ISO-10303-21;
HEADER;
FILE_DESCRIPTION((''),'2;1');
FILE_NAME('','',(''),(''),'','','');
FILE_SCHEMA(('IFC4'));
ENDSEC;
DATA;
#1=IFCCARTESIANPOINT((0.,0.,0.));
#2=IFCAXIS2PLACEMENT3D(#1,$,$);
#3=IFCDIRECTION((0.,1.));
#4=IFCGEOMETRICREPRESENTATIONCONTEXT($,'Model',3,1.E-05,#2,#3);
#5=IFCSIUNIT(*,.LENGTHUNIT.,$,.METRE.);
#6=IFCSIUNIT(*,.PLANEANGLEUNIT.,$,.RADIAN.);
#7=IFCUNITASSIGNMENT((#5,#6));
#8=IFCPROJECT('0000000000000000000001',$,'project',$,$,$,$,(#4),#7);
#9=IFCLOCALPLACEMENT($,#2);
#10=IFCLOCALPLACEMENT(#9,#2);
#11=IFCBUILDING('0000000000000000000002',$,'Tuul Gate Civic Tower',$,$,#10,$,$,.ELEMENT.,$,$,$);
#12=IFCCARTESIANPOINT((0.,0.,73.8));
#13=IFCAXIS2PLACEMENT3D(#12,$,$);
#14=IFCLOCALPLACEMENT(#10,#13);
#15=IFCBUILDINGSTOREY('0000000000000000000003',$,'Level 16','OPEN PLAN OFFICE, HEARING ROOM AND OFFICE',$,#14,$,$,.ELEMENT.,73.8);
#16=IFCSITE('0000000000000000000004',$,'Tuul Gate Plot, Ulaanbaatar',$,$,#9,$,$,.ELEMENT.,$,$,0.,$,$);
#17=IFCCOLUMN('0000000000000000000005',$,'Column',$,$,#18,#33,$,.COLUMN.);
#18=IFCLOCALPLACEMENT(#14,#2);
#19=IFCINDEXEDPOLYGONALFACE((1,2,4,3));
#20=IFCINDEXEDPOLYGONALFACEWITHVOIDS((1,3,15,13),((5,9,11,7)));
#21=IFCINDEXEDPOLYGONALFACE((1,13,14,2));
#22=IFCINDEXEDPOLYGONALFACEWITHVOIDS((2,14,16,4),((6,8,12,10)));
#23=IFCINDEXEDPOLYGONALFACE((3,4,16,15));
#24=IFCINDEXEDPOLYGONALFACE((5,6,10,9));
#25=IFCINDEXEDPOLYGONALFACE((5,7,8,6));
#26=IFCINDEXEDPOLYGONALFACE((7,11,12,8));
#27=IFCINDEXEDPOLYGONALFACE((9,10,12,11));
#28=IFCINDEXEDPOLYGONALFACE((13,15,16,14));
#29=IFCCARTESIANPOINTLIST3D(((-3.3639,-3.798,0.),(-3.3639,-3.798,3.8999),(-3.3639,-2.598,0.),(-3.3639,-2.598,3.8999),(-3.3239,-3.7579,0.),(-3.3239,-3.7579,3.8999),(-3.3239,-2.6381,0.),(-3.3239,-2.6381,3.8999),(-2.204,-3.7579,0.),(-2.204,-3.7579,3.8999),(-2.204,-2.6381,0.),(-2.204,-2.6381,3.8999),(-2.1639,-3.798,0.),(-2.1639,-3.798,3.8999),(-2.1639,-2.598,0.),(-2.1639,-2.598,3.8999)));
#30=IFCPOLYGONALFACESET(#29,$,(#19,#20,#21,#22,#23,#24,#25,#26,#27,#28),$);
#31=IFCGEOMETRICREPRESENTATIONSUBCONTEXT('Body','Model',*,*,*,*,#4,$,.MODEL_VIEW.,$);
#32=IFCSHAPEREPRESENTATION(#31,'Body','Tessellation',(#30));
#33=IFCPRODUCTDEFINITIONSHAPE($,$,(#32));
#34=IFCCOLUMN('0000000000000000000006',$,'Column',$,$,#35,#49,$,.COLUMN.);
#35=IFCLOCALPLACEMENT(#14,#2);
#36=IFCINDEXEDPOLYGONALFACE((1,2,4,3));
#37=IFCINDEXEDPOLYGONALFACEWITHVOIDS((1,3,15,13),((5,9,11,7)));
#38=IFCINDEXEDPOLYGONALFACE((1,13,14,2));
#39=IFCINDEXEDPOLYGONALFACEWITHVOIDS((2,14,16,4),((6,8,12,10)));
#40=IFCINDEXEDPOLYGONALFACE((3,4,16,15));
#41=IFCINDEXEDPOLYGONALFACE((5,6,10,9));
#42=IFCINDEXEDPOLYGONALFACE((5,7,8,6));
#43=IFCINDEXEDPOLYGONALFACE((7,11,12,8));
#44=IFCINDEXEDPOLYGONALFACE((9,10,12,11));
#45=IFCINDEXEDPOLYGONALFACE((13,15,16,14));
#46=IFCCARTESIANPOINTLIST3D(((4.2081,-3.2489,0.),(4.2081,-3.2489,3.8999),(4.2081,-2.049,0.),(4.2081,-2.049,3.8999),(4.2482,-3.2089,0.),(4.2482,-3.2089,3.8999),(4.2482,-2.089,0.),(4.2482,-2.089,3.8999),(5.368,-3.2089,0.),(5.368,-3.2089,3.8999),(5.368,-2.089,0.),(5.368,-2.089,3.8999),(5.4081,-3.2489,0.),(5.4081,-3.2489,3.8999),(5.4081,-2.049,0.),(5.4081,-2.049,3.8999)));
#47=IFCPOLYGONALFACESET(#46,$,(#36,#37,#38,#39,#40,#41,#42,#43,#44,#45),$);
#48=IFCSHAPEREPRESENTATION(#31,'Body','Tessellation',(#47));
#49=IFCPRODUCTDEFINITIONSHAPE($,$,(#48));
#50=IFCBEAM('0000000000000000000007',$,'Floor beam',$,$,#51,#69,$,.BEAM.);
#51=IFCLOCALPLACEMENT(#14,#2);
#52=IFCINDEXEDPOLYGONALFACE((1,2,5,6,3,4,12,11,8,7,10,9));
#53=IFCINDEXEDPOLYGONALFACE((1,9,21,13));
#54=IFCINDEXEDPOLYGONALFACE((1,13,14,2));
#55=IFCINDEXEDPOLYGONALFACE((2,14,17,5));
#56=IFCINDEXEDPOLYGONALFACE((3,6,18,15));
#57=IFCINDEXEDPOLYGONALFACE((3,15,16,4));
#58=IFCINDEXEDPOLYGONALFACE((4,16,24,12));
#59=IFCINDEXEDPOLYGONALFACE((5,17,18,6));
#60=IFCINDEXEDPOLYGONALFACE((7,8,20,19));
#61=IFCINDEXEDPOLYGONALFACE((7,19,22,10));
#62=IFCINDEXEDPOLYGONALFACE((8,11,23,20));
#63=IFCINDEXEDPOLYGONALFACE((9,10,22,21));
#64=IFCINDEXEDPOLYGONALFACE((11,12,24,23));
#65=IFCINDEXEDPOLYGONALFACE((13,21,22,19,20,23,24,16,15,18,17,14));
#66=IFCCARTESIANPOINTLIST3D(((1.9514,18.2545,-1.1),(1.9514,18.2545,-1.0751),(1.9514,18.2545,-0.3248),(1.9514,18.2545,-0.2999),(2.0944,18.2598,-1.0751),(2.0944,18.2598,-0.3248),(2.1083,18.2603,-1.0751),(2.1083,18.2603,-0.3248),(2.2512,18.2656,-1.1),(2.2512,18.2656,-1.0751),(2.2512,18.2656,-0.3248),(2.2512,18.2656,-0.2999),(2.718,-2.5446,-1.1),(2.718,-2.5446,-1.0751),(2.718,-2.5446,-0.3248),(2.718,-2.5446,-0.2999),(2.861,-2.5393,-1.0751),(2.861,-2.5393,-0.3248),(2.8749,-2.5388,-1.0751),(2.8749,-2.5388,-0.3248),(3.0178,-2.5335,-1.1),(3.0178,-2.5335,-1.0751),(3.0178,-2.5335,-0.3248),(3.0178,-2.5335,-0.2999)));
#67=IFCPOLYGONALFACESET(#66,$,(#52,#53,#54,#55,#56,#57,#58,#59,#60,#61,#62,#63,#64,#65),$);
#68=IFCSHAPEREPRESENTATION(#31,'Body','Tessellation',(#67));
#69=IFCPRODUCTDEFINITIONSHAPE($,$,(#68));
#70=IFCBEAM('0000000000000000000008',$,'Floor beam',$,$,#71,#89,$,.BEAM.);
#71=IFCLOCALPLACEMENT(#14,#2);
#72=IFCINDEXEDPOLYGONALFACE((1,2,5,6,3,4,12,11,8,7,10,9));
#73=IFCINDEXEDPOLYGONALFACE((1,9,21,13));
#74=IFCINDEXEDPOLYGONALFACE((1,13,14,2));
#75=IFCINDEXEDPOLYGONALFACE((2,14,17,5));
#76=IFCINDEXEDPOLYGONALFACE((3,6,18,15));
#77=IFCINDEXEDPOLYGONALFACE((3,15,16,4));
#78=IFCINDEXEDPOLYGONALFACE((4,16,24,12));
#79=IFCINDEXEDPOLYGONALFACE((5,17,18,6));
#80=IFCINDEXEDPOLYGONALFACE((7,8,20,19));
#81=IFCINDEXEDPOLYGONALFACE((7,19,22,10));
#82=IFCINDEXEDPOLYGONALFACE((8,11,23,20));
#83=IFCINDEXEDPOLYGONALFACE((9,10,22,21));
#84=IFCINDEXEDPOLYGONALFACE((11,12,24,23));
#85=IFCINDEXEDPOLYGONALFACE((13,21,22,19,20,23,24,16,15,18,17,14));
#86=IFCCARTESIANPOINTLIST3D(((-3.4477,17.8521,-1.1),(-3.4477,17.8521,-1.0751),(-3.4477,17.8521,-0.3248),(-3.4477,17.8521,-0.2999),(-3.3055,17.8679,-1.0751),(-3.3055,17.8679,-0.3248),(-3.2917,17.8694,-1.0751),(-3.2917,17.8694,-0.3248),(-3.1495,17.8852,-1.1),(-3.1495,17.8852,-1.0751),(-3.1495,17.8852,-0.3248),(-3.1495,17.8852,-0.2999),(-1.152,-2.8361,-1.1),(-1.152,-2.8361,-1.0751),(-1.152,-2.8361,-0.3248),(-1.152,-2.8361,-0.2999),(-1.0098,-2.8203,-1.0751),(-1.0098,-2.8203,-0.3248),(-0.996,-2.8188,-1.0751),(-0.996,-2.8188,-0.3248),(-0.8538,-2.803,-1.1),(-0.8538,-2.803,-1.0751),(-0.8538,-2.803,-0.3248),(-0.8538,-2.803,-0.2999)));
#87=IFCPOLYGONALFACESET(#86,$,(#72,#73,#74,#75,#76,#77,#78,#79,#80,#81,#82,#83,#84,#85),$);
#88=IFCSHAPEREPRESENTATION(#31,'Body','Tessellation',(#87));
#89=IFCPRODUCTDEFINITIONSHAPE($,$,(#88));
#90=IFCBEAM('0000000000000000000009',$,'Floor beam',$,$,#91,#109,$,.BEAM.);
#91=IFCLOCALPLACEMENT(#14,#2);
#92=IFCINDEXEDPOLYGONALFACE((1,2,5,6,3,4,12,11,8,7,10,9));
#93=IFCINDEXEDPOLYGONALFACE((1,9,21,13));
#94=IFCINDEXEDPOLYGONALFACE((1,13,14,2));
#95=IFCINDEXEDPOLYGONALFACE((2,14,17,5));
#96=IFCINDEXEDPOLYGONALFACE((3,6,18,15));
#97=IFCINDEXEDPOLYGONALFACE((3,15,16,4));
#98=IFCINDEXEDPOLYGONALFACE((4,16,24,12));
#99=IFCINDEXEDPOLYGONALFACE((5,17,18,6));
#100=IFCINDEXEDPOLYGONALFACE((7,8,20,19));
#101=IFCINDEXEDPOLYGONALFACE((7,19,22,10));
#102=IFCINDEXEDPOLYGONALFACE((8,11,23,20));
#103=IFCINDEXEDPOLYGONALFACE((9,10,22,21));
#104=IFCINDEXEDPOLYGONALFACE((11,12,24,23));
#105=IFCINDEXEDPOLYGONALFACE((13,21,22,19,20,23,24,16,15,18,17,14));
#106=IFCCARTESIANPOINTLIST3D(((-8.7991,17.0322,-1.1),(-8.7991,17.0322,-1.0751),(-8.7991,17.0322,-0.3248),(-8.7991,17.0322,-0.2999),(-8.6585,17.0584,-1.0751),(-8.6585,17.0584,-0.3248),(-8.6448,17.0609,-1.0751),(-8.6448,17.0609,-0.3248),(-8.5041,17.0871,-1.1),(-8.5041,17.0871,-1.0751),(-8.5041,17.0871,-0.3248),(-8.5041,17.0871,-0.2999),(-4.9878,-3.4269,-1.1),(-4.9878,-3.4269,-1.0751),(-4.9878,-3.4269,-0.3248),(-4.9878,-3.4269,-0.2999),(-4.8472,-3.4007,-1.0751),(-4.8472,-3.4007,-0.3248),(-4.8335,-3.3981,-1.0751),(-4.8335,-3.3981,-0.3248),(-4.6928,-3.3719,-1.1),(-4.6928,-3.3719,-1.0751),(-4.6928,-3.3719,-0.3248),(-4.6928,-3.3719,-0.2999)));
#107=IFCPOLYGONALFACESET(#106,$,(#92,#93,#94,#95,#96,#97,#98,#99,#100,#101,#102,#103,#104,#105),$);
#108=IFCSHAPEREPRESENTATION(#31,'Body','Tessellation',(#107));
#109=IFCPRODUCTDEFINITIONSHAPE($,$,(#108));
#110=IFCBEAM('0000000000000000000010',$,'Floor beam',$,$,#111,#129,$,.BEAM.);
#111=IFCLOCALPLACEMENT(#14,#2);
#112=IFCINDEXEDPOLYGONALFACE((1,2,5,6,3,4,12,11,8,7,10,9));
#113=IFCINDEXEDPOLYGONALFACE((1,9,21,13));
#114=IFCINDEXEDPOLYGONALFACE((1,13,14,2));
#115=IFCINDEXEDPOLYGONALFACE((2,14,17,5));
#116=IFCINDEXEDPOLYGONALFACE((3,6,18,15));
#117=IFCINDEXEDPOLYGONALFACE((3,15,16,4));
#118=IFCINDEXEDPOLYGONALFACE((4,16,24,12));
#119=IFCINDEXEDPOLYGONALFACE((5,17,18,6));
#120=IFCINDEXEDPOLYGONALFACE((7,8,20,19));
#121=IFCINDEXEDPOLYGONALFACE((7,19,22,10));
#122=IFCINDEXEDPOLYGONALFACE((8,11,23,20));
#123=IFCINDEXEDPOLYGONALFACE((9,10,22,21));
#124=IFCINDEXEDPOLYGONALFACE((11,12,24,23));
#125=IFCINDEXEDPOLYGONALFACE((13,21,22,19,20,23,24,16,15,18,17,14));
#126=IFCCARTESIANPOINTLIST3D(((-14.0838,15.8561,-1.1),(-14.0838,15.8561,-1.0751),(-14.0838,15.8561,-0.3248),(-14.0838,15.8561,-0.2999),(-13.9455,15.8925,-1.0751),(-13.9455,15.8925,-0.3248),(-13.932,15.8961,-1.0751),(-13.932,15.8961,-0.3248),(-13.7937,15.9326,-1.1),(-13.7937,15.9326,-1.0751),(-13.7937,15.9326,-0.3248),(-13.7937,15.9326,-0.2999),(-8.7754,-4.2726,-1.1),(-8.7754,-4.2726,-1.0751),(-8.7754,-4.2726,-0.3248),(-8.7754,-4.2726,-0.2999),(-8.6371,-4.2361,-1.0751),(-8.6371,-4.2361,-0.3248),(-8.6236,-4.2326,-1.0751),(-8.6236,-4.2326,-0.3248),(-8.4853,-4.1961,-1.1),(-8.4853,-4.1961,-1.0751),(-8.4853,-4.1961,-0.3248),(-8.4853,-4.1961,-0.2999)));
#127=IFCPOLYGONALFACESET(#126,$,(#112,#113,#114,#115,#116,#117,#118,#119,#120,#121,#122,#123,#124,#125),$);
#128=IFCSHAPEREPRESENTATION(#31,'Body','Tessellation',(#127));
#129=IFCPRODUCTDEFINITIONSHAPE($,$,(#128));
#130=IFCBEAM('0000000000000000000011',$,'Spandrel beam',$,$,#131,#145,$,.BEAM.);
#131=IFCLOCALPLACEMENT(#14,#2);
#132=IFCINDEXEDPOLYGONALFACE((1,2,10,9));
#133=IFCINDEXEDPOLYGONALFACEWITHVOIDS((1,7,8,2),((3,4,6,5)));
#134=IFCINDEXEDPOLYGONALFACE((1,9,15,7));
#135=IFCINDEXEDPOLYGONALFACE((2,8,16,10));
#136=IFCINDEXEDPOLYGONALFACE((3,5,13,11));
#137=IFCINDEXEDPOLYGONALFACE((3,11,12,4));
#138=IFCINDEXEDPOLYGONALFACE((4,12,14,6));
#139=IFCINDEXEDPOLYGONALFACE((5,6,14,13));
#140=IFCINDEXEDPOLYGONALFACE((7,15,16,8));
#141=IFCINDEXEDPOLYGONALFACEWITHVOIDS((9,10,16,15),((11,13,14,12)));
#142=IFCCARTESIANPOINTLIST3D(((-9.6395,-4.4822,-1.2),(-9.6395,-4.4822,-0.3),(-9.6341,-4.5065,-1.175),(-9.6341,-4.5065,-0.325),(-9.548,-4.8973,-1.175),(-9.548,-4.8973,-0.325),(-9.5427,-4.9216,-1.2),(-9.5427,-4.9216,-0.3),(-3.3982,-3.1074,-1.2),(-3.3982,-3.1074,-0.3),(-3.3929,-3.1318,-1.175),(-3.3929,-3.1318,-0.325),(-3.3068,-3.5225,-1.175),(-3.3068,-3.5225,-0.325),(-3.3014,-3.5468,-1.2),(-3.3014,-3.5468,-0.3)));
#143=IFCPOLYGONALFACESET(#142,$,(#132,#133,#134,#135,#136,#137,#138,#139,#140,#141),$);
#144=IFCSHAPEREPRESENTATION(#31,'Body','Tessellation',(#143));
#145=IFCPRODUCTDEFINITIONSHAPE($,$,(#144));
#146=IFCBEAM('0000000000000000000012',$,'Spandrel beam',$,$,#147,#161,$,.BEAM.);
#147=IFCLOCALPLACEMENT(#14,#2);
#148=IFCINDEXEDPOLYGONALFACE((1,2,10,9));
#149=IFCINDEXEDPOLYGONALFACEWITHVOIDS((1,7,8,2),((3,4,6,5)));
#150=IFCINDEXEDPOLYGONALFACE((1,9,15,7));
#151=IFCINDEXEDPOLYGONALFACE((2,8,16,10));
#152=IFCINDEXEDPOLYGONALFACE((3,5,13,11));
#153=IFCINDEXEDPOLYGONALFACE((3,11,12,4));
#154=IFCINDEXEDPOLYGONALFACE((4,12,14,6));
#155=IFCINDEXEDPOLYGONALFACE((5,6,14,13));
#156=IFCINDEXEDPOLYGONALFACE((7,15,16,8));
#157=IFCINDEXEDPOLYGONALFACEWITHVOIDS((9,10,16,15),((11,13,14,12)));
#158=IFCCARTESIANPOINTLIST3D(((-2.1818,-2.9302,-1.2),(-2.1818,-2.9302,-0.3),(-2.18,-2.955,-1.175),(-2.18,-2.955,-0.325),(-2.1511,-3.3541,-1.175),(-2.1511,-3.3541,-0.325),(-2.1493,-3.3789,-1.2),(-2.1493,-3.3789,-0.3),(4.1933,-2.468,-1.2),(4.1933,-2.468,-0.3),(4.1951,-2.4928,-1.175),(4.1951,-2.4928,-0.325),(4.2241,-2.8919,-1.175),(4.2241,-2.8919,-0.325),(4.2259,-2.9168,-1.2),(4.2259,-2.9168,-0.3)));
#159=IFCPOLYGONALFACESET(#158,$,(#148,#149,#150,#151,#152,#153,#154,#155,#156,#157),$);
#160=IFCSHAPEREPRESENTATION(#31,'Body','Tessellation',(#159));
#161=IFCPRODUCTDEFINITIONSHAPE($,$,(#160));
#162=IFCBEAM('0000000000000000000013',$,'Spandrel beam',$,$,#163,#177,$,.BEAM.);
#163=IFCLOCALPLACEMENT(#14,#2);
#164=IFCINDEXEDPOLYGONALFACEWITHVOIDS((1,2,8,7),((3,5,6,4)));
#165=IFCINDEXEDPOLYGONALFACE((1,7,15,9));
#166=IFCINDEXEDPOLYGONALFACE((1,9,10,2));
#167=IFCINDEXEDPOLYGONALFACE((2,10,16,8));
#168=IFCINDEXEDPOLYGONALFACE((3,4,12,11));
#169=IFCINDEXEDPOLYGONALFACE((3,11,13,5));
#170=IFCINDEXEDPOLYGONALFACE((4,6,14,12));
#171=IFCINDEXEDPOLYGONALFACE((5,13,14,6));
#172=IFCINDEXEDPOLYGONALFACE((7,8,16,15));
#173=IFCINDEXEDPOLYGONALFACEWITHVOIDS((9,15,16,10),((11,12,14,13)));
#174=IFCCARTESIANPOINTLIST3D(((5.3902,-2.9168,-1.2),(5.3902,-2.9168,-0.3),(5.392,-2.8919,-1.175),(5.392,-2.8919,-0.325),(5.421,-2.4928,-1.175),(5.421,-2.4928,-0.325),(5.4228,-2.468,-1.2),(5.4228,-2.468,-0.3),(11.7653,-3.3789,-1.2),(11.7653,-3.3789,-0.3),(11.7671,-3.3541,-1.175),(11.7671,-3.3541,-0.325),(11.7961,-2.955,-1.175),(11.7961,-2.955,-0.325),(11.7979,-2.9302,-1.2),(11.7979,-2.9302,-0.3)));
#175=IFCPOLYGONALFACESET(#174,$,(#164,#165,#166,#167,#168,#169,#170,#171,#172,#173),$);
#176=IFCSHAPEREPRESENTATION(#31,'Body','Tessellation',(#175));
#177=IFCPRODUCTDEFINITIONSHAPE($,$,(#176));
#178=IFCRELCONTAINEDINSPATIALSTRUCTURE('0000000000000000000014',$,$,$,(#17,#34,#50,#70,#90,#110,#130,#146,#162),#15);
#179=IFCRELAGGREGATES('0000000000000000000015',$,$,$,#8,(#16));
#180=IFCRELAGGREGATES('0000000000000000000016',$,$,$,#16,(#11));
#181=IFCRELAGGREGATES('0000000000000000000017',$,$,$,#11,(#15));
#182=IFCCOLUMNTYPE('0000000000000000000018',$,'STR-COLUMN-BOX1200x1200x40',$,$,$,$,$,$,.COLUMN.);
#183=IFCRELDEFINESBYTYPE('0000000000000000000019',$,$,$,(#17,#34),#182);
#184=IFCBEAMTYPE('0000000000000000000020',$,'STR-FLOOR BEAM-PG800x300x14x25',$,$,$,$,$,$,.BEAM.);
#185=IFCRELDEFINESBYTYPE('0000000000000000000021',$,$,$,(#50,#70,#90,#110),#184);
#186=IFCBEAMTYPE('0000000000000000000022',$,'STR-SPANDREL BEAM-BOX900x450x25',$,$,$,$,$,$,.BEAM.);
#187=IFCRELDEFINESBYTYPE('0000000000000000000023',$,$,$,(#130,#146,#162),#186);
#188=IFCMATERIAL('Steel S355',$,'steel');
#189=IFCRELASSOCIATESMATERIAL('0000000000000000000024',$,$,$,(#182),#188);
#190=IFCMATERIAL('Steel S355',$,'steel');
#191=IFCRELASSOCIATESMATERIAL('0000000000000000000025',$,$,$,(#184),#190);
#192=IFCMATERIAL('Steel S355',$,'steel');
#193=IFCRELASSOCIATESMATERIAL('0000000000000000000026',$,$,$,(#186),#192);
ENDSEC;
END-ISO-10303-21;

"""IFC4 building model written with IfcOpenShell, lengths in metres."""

from ifc_helpers import new_model, si_unit, direction, frame, origin, origin_2d, place, context, subcontext, project, spatial, hollow_rectangle, i_section, extrude, material, material_profile, profile_set, type_object, element, save


model = new_model("IFC4")

# Units and contexts
model_context = context("Model", 3, precision=1e-05, world=origin(), true_north=direction((0.0, 1.0)))
body_context = subcontext(model_context, "Body", "Model", "MODEL_VIEW")
ifc_project = project(units=[si_unit("LENGTHUNIT", "METRE"), si_unit("PLANEANGLEUNIT", "RADIAN")], contexts=[model_context])

# Site, building, storey
site_placement = place(None, origin())
site = spatial("IfcSite", under=ifc_project, at=site_placement, Name="Tuul Gate Plot, Ulaanbaatar", CompositionType="ELEMENT", RefElevation=0.0)
building_placement = place(site_placement, origin())
building = spatial("IfcBuilding", under=site, at=building_placement, Name="Tuul Gate Civic Tower", CompositionType="ELEMENT")
storey_placement = place(building_placement, frame((0.0, 0.0, 73.8)))
storey = spatial("IfcBuildingStorey", under=building, at=storey_placement, Name="Level 16", Description="OPEN PLAN OFFICE, HEARING ROOM AND OFFICE", CompositionType="ELEMENT", Elevation=73.8)

# Columns
ifc_material_1 = material(Name="Steel S355", Category="steel")
ifc_material_profile_1 = material_profile(ifc_material_1, hollow_rectangle(XDim=1.2, YDim=1.2, WallThickness=0.04, at=origin_2d()), Name="BOX1200x1200x40")
ifc_profile_set_1 = profile_set([ifc_material_profile_1], Name="Steel S355")
column_type = type_object("IfcColumnType", Name="STR-COLUMN-BOX1200x1200x40", PredefinedType="COLUMN", material=ifc_profile_set_1)
for number, where, z_axis, x_axis, name in (
    (1, (-2.7639, -3.198, 0.0), (0.0, 0.0, 1.0), (1.0, 0.0, 0.0), "Column"),
    (2, (4.8081, -2.6489, 0.0), (0.0, 0.0, 1.0), (1.0, 0.0, 0.0), "Column"),
):
    element("IfcColumn", number, at=place(storey_placement, frame(where, z_axis=z_axis, x_axis=x_axis)), inside=storey, type_object=column_type, Name=name, PredefinedType="COLUMN", context=body_context, shape_type="SweptSolid", body=[
        extrude(hollow_rectangle(XDim=1.2, YDim=1.2, WallThickness=0.04, at=origin_2d()), origin(), (0.0, 0.0, 1.0), 3.8999),
    ])

# Beams
ifc_material_2 = material(Name="Steel S355", Category="steel")
ifc_material_profile_2 = material_profile(ifc_material_2, i_section(OverallWidth=0.3, OverallDepth=0.8, WebThickness=0.0139, FlangeThickness=0.0249, at=origin_2d()), Name="PG800x300x14x25")
ifc_profile_set_2 = profile_set([ifc_material_profile_2], Name="Steel S355")
beam_type_1 = type_object("IfcBeamType", Name="STR-FLOOR BEAM-PG800x300x14x25", PredefinedType="BEAM", material=ifc_profile_set_2)
beam_1_placement = place(storey_placement, frame((2.8679, -2.5391, -0.7), z_axis=(-0.036832, 0.999321, 0.0), x_axis=(-0.999321, -0.036832, 0.0)))
element("IfcBeam", 3, at=beam_1_placement, inside=storey, type_object=beam_type_1, Name="Floor beam", PredefinedType="BEAM", context=body_context, shape_type="SweptSolid", body=[
    extrude(i_section(OverallWidth=0.3, OverallDepth=0.8, WebThickness=0.0139, FlangeThickness=0.0249, at=origin_2d()), origin(), (0.0, 0.0, 1.0), 20.8132),
])
beam_2_placement = place(storey_placement, frame((-1.0029, -2.8196, -0.7), z_axis=(-0.110287, 0.9939, 0.0), x_axis=(-0.9939, -0.110287, 0.0)))
element("IfcBeam", 4, at=beam_2_placement, inside=storey, type_object=beam_type_1, Name="Floor beam", PredefinedType="BEAM", context=body_context, shape_type="SweptSolid", body=[
    extrude(i_section(OverallWidth=0.3, OverallDepth=0.8, WebThickness=0.0139, FlangeThickness=0.0249, at=origin_2d()), origin(), (0.0, 0.0, 1.0), 20.8152),
])
beam_3_placement = place(storey_placement, frame((-4.8403, -3.3994, -0.7), z_axis=(-0.183138, 0.983087, 0.0), x_axis=(-0.983087, -0.183138, 0.0)))
element("IfcBeam", 5, at=beam_3_placement, inside=storey, type_object=beam_type_1, Name="Floor beam", PredefinedType="BEAM", context=body_context, shape_type="SweptSolid", body=[
    extrude(i_section(OverallWidth=0.3, OverallDepth=0.8, WebThickness=0.0139, FlangeThickness=0.0249, at=origin_2d()), origin(), (0.0, 0.0, 1.0), 20.811),
])
beam_4_placement = place(storey_placement, frame((-8.6304, -4.2344, -0.7), z_axis=(-0.255002, 0.96694, 0.0), x_axis=(-0.96694, -0.255002, 0.0)))
element("IfcBeam", 6, at=beam_4_placement, inside=storey, type_object=beam_type_1, Name="Floor beam", PredefinedType="BEAM", context=body_context, shape_type="SweptSolid", body=[
    extrude(i_section(OverallWidth=0.3, OverallDepth=0.8, WebThickness=0.0139, FlangeThickness=0.0249, at=origin_2d()), origin(), (0.0, 0.0, 1.0), 20.8169),
])
ifc_material_3 = material(Name="Steel S355", Category="steel")
ifc_material_profile_3 = material_profile(ifc_material_3, hollow_rectangle(XDim=0.45, YDim=0.8999, WallThickness=0.0249, at=origin_2d()), Name="BOX900x450x25")
ifc_profile_set_3 = profile_set([ifc_material_profile_3], Name="Steel S355")
beam_type_2 = type_object("IfcBeamType", Name="STR-SPANDREL BEAM-BOX900x450x25", PredefinedType="BEAM", material=ifc_profile_set_3)
beam_5_placement = place(storey_placement, frame((-9.5911, -4.7019, -0.75), z_axis=(0.976589, 0.215114, 0.0), x_axis=(-0.215114, 0.976589, 0.0)))
element("IfcBeam", 7, at=beam_5_placement, inside=storey, type_object=beam_type_2, Name="Spandrel beam", PredefinedType="BEAM", context=body_context, shape_type="SweptSolid", body=[
    extrude(hollow_rectangle(XDim=0.45, YDim=0.8999, WallThickness=0.0249, at=origin_2d()), origin(), (0.0, 0.0, 1.0), 6.3909),
])
for number, where, z_axis, x_axis, name in (
    (8, (-2.1655, -3.1545, -0.75), (0.997383, 0.072306, 0.0), (-0.072306, 0.997383, 0.0), "Spandrel beam"),
    (9, (5.4065, -2.6924, -0.75), (0.997383, -0.072306, 0.0), (0.072306, 0.997383, 0.0), "Spandrel beam"),
):
    element("IfcBeam", number, at=place(storey_placement, frame(where, z_axis=z_axis, x_axis=x_axis)), inside=storey, type_object=beam_type_2, Name=name, PredefinedType="BEAM", context=body_context, shape_type="SweptSolid", body=[
        extrude(hollow_rectangle(XDim=0.45, YDim=0.8999, WallThickness=0.0249, at=origin_2d()), origin(), (0.0, 0.0, 1.0), 6.3918),
    ])

save(model, "model.ifc")
